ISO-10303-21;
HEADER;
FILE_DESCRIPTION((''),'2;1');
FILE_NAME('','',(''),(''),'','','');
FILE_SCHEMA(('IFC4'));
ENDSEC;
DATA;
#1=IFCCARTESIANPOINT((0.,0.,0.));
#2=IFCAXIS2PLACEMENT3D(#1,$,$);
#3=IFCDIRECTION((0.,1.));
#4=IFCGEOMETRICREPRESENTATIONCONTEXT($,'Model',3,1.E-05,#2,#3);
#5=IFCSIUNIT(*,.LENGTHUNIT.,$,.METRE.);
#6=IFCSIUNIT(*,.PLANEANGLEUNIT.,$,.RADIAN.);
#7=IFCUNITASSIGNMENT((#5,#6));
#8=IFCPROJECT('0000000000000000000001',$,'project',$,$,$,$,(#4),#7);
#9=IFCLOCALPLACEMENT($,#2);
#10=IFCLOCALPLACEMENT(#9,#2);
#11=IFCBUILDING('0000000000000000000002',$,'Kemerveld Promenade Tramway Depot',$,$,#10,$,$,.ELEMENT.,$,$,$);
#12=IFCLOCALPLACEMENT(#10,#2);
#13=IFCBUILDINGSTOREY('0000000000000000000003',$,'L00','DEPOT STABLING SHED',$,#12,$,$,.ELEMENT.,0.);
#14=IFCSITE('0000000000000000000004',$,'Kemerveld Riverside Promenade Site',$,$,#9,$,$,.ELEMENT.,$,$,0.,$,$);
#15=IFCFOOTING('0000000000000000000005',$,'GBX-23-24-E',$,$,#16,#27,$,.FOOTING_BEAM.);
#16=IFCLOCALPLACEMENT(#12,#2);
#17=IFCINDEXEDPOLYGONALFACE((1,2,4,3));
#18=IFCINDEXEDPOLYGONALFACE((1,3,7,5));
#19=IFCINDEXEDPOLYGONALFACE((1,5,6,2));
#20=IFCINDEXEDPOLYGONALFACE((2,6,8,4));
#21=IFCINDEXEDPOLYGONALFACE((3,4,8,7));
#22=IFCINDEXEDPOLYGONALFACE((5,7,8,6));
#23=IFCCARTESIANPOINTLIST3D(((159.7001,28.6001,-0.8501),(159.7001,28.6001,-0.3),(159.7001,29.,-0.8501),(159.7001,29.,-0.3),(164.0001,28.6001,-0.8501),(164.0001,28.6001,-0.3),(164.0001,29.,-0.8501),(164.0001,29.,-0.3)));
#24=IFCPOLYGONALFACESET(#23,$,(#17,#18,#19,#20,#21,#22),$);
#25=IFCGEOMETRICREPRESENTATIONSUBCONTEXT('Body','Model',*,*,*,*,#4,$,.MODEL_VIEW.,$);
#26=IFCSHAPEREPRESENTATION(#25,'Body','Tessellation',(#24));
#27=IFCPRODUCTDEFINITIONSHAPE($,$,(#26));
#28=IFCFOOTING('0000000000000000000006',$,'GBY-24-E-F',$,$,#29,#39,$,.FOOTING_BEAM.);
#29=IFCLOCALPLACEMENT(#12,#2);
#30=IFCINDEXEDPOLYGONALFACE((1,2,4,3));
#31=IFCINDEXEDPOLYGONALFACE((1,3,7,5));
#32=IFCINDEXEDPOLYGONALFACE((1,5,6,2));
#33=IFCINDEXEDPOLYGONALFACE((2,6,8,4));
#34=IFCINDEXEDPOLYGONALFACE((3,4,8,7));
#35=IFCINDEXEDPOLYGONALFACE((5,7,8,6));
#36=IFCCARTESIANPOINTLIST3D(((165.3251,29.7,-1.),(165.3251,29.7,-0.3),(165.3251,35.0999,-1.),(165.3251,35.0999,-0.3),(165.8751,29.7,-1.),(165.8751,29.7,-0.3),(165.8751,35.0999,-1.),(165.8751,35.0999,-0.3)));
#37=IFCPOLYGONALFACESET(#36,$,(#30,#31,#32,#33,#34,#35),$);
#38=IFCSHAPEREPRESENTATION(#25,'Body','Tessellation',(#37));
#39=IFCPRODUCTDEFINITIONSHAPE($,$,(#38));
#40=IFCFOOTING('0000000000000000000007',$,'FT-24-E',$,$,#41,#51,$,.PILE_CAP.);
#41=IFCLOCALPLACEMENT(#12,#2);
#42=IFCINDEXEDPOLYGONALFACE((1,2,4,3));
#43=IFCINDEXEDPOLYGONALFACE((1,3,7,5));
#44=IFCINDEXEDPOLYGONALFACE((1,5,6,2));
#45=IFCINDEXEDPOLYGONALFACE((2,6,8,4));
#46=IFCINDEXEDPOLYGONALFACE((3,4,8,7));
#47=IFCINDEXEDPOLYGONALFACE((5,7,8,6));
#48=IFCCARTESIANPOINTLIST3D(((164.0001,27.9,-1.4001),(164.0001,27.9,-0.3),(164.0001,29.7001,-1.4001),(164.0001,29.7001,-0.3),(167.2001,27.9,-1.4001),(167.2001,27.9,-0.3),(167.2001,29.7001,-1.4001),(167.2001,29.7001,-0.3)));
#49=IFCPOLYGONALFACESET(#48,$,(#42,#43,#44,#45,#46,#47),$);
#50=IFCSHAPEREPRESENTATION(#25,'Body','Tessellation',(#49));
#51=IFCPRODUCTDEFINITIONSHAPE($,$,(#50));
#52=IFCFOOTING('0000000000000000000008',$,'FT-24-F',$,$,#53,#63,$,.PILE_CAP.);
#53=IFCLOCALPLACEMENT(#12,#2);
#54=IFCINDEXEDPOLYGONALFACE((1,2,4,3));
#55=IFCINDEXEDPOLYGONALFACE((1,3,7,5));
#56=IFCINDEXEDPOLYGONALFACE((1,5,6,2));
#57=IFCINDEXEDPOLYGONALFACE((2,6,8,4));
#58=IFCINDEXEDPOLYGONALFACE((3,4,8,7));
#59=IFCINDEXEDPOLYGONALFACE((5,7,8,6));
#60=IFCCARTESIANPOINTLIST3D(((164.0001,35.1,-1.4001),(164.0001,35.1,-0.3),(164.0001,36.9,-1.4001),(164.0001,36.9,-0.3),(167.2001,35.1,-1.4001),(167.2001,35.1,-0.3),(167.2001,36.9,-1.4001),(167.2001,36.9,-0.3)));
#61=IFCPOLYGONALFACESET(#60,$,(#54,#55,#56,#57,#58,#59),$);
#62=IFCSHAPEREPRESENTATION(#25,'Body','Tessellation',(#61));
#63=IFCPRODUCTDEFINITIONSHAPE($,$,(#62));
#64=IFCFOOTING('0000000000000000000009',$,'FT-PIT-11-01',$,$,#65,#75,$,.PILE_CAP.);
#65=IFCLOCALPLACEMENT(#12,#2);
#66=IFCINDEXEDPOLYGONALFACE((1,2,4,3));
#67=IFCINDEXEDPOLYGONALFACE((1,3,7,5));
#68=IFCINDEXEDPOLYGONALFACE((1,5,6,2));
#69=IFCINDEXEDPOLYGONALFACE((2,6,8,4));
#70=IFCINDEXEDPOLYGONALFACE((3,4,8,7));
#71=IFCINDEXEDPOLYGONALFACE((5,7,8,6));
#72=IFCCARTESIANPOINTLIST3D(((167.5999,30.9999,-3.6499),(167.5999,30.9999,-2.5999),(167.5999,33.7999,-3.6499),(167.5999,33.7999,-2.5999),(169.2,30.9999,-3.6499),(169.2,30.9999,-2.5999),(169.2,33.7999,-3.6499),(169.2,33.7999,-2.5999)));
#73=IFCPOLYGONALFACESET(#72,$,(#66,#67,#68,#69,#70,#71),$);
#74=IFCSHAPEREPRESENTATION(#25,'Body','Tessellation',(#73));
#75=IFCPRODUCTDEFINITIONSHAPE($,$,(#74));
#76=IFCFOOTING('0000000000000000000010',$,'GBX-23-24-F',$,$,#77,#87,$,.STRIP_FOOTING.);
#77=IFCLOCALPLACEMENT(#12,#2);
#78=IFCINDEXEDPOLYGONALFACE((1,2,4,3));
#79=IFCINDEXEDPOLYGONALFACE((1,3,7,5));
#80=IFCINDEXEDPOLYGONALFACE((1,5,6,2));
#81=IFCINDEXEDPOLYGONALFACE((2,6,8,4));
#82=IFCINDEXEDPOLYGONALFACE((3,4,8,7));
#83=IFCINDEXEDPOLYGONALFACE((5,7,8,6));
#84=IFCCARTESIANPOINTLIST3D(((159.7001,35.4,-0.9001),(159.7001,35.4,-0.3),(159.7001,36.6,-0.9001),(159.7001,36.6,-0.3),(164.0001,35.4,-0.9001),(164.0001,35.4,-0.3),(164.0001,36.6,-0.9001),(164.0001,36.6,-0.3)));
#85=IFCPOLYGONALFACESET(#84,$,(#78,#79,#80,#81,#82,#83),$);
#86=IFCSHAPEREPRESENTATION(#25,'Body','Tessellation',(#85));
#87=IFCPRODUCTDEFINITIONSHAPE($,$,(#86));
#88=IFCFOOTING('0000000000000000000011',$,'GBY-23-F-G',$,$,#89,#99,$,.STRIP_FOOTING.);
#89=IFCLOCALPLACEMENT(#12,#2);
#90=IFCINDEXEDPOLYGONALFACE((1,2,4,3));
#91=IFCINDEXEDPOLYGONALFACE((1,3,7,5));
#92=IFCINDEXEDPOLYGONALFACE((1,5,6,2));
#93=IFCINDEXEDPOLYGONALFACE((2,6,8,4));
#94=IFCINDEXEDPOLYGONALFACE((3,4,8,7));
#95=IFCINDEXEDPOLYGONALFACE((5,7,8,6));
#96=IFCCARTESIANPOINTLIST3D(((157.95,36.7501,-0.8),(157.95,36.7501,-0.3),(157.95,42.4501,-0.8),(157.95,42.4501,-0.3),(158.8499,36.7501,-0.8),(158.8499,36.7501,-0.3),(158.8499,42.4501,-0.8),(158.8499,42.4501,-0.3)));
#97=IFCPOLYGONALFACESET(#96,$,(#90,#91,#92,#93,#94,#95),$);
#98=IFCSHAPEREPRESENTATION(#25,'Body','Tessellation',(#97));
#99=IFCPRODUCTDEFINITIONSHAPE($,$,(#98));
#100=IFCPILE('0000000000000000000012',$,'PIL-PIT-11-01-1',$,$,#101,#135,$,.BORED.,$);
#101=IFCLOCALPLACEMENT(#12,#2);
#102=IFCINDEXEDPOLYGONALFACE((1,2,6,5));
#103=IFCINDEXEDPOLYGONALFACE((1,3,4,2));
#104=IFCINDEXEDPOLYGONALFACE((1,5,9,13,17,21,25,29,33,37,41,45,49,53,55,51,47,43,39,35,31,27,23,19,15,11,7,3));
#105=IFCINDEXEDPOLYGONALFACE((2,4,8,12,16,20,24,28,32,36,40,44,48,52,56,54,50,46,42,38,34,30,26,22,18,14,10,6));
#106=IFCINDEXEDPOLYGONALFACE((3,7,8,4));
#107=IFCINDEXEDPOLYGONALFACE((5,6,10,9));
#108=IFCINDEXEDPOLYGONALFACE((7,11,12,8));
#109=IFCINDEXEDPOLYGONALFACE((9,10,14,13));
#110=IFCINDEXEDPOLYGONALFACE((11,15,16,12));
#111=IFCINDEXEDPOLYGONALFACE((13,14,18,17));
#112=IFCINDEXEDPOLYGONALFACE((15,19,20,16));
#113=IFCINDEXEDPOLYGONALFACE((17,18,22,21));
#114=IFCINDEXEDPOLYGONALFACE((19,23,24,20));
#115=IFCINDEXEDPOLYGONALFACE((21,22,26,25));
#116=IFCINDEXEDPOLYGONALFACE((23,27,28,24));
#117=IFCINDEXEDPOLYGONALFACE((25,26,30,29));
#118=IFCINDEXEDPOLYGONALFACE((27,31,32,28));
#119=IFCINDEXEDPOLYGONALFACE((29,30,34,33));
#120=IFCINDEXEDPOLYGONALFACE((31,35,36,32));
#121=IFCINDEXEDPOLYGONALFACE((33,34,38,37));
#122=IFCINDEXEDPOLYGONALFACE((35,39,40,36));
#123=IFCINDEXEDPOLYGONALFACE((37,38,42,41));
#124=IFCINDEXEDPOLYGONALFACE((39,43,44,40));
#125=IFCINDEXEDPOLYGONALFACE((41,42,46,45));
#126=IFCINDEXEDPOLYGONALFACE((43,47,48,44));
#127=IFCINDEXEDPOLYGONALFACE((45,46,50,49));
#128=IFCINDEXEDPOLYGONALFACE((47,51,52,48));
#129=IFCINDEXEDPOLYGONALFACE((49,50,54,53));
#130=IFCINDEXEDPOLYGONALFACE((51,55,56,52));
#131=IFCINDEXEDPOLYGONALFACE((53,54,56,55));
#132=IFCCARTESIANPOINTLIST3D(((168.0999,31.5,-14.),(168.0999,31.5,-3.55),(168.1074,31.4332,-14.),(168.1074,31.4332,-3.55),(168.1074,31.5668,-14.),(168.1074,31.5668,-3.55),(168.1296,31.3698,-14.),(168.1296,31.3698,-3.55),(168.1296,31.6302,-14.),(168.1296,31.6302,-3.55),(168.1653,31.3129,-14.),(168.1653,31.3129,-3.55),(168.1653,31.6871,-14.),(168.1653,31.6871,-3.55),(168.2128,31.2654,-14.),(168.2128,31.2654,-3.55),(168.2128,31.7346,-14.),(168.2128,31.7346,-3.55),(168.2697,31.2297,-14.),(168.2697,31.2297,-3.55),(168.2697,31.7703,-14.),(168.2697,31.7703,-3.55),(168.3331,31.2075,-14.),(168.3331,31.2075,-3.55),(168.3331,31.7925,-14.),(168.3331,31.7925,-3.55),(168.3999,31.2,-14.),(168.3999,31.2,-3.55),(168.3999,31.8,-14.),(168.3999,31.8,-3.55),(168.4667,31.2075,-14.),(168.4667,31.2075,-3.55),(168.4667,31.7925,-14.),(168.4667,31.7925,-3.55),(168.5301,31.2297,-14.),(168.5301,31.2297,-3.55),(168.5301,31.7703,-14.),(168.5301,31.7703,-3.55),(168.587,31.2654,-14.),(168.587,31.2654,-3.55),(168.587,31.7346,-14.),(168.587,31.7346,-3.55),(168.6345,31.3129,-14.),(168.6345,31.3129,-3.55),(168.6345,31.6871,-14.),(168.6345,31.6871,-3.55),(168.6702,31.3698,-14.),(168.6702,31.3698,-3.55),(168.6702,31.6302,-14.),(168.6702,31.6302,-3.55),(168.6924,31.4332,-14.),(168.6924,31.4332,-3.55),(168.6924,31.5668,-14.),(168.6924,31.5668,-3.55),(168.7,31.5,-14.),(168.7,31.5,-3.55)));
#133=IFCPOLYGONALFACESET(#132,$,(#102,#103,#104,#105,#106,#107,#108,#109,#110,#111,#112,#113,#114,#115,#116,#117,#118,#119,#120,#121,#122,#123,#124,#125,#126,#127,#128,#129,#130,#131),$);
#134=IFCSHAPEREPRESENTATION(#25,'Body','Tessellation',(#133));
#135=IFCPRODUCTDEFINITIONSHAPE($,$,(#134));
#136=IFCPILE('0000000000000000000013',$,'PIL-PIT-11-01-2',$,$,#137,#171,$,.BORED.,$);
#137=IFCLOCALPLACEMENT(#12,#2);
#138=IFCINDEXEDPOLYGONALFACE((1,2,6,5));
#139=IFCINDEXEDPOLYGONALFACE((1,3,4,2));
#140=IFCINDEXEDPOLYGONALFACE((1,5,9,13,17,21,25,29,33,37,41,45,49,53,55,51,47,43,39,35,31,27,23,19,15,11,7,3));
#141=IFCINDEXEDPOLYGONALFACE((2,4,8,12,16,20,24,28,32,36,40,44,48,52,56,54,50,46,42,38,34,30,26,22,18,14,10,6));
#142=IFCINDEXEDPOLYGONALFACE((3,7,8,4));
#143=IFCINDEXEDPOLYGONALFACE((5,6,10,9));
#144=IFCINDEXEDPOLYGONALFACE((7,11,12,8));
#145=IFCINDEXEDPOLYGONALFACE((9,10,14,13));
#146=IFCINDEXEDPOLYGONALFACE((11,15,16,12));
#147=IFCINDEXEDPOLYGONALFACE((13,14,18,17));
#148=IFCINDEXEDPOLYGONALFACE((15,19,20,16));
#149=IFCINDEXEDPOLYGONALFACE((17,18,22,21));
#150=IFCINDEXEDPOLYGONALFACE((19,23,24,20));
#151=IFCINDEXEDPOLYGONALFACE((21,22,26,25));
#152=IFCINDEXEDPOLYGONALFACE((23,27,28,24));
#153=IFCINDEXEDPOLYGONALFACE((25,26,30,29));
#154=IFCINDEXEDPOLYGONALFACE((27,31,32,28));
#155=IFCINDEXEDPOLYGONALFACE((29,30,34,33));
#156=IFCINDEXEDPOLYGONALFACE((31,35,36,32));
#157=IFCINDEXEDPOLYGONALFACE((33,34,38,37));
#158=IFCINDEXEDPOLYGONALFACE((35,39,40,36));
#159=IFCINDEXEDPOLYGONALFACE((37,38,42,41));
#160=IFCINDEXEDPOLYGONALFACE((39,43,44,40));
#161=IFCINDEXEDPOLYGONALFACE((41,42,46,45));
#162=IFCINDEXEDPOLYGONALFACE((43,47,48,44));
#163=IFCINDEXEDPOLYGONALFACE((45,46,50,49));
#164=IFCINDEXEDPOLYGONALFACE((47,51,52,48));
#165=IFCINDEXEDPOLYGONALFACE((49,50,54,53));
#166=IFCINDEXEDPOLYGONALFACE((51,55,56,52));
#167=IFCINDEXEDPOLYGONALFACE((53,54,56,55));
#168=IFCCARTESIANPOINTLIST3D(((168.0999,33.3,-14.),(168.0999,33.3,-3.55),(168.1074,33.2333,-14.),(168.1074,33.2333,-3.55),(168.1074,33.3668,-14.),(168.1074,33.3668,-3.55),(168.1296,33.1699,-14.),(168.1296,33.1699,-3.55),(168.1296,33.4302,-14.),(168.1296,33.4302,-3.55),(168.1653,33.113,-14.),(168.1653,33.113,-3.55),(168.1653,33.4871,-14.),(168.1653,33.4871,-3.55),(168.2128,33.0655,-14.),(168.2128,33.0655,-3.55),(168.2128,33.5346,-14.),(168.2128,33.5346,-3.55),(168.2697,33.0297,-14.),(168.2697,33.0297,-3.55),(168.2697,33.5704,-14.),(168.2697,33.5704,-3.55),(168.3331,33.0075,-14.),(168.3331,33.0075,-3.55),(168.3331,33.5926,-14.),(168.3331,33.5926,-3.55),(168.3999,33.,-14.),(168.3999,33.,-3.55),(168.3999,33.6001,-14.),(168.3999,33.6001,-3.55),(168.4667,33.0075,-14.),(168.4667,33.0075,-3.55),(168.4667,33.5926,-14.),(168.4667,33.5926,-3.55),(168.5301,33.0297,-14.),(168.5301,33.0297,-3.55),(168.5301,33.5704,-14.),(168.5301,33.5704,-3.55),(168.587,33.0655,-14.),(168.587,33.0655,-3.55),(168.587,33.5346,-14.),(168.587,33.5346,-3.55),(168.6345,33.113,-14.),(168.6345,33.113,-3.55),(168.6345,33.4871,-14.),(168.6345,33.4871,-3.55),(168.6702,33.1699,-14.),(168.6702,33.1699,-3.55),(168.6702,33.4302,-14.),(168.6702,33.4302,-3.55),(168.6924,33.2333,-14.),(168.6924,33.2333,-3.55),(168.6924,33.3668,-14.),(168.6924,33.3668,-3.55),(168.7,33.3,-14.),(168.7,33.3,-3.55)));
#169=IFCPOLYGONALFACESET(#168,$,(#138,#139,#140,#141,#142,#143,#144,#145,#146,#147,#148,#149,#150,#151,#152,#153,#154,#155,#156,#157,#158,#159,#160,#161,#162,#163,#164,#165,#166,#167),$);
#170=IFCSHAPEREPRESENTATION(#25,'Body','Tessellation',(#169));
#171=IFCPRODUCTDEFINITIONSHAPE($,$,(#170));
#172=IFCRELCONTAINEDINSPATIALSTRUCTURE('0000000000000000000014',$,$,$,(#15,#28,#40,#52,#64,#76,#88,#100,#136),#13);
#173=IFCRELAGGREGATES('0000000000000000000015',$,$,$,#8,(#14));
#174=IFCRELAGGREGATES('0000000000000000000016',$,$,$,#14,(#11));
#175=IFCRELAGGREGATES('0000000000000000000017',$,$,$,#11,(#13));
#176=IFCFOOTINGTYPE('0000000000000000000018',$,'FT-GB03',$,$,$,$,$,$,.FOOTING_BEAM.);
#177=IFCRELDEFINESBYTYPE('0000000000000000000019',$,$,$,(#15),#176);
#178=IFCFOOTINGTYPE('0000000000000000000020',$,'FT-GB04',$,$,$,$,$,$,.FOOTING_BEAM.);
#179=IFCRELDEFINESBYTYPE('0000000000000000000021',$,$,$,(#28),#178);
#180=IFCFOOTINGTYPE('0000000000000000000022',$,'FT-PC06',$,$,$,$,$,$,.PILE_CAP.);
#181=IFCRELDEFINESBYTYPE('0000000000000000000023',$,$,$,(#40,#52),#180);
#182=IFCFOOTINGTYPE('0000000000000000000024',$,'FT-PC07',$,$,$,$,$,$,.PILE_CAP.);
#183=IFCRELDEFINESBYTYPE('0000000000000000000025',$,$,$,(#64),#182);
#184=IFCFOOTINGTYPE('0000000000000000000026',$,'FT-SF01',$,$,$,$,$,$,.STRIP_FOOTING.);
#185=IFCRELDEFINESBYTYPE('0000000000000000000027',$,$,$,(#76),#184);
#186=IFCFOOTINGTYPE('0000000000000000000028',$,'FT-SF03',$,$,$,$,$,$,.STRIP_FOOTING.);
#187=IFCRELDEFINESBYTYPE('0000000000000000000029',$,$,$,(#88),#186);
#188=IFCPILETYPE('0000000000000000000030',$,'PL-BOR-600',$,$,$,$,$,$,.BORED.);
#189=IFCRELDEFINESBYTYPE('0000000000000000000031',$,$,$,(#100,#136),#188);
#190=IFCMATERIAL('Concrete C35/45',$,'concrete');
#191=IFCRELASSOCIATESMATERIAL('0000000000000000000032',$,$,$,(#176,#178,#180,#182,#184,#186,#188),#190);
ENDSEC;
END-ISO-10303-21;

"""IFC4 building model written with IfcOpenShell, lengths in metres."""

from ifc_helpers import new_model, si_unit, direction, frame, origin, origin_2d, place, context, subcontext, project, spatial, rectangle, circle, extrude, material, material_profile, profile_set, type_object, element, save


model = new_model("IFC4")

# Units and contexts
model_context = context("Model", 3, precision=1e-05, world=origin(), true_north=direction((0.0, 1.0)))
body_context = subcontext(model_context, "Body", "Model", "MODEL_VIEW")
ifc_project = project(units=[si_unit("LENGTHUNIT", "METRE"), si_unit("PLANEANGLEUNIT", "RADIAN")], contexts=[model_context])

# Site, building, storey
site_placement = place(None, origin())
site = spatial("IfcSite", under=ifc_project, at=site_placement, Name="Kemerveld Riverside Promenade Site", CompositionType="ELEMENT", RefElevation=0.0)
building_placement = place(site_placement, origin())
building = spatial("IfcBuilding", under=site, at=building_placement, Name="Kemerveld Promenade Tramway Depot", CompositionType="ELEMENT")
storey_placement = place(building_placement, origin())
storey = spatial("IfcBuildingStorey", under=building, at=storey_placement, Name="L00", Description="DEPOT STABLING SHED", CompositionType="ELEMENT", Elevation=0.0)

# Footings
ifc_material_1 = material(Name="Concrete C35/45", Category="concrete")
footing_type_1 = type_object("IfcFootingType", Name="FT-GB03", PredefinedType="FOOTING_BEAM", material=ifc_material_1)
footing_1_placement = place(storey_placement, frame((161.8501, 28.8, -0.8501), z_axis=(0.0, 0.0, 1.0), x_axis=(1.0, 0.0, 0.0)))
element("IfcFooting", 1, at=footing_1_placement, inside=storey, type_object=footing_type_1, Name="GBX-23-24-E", PredefinedType="FOOTING_BEAM", context=body_context, shape_type="SweptSolid", body=[
    extrude(rectangle(XDim=4.3, YDim=0.3999, at=origin_2d()), origin(), (0.0, 0.0, 1.0), 0.55),
])
footing_type_2 = type_object("IfcFootingType", Name="FT-GB04", PredefinedType="FOOTING_BEAM", material=ifc_material_1)
footing_2_placement = place(storey_placement, frame((165.6001, 32.3999, -1.0), z_axis=(0.0, 0.0, 1.0), x_axis=(0.0, 1.0, 0.0)))
element("IfcFooting", 2, at=footing_2_placement, inside=storey, type_object=footing_type_2, Name="GBY-24-E-F", PredefinedType="FOOTING_BEAM", context=body_context, shape_type="SweptSolid", body=[
    extrude(rectangle(XDim=5.3999, YDim=0.55, at=origin_2d()), origin(), (0.0, 0.0, 1.0), 0.7),
])
footing_type_3 = type_object("IfcFootingType", Name="FT-PC06", PredefinedType="PILE_CAP", material=ifc_material_1)
for number, where, z_axis, x_axis, name in (
    (3, (165.6001, 28.8, -1.4001), (0.0, 0.0, 1.0), (1.0, 0.0, 0.0), "FT-24-E"),
    (4, (165.6001, 36.0, -1.4001), (0.0, 0.0, 1.0), (1.0, 0.0, 0.0), "FT-24-F"),
):
    element("IfcFooting", number, at=place(storey_placement, frame(where, z_axis=z_axis, x_axis=x_axis)), inside=storey, type_object=footing_type_3, Name=name, PredefinedType="PILE_CAP", context=body_context, shape_type="SweptSolid", body=[
        extrude(rectangle(XDim=3.2, YDim=1.8, at=origin_2d()), origin(), (0.0, 0.0, 1.0), 1.1001),
    ])
footing_type_4 = type_object("IfcFootingType", Name="FT-PC07", PredefinedType="PILE_CAP", material=ifc_material_1)
footing_3_placement = place(storey_placement, frame((168.3999, 32.3999, -3.6499), z_axis=(0.0, 0.0, 1.0), x_axis=(1.0, 0.0, 0.0)))
element("IfcFooting", 5, at=footing_3_placement, inside=storey, type_object=footing_type_4, Name="FT-PIT-11-01", PredefinedType="PILE_CAP", context=body_context, shape_type="SweptSolid", body=[
    extrude(rectangle(XDim=1.6001, YDim=2.8, at=origin_2d()), origin(), (0.0, 0.0, 1.0), 1.05),
])
footing_type_5 = type_object("IfcFootingType", Name="FT-SF01", PredefinedType="STRIP_FOOTING", material=ifc_material_1)
footing_4_placement = place(storey_placement, frame((161.8501, 36.0, -0.9001), z_axis=(0.0, 0.0, 1.0), x_axis=(1.0, 0.0, 0.0)))
element("IfcFooting", 6, at=footing_4_placement, inside=storey, type_object=footing_type_5, Name="GBX-23-24-F", PredefinedType="STRIP_FOOTING", context=body_context, shape_type="SweptSolid", body=[
    extrude(rectangle(XDim=4.3, YDim=1.2, at=origin_2d()), origin(), (0.0, 0.0, 1.0), 0.6001),
])
footing_type_6 = type_object("IfcFootingType", Name="FT-SF03", PredefinedType="STRIP_FOOTING", material=ifc_material_1)
footing_5_placement = place(storey_placement, frame((158.3999, 39.6001, -0.8), z_axis=(0.0, 0.0, 1.0), x_axis=(0.0, 1.0, 0.0)))
element("IfcFooting", 7, at=footing_5_placement, inside=storey, type_object=footing_type_6, Name="GBY-23-F-G", PredefinedType="STRIP_FOOTING", context=body_context, shape_type="SweptSolid", body=[
    extrude(rectangle(XDim=5.7, YDim=0.8999, at=origin_2d()), origin(), (0.0, 0.0, 1.0), 0.5),
])

# Piles
ifc_material_profile_1 = material_profile(ifc_material_1, circle(Radius=0.3, at=origin_2d()), Name="PILE-D600")
ifc_profile_set_1 = profile_set([ifc_material_profile_1], Name="Concrete C35/45")
pile_type_1 = type_object("IfcPileType", Name="PL-BOR-600", PredefinedType="BORED", material=ifc_profile_set_1)
for number, where, z_axis, x_axis, name in (
    (8, (168.3999, 31.5, -3.55), (0.0, 0.0, -1.0), (1.0, 0.0, 0.0), "PIL-PIT-11-01-1"),
    (9, (168.3999, 33.3, -3.55), (0.0, 0.0, -1.0), (1.0, 0.0, 0.0), "PIL-PIT-11-01-2"),
):
    element("IfcPile", number, at=place(storey_placement, frame(where, z_axis=z_axis, x_axis=x_axis)), inside=storey, type_object=pile_type_1, Name=name, PredefinedType="BORED", context=body_context, shape_type="SweptSolid", body=[
        extrude(circle(Radius=0.3, at=origin_2d()), origin(), (0.0, 0.0, 1.0), 10.45),
    ])

save(model, "model.ifc")
